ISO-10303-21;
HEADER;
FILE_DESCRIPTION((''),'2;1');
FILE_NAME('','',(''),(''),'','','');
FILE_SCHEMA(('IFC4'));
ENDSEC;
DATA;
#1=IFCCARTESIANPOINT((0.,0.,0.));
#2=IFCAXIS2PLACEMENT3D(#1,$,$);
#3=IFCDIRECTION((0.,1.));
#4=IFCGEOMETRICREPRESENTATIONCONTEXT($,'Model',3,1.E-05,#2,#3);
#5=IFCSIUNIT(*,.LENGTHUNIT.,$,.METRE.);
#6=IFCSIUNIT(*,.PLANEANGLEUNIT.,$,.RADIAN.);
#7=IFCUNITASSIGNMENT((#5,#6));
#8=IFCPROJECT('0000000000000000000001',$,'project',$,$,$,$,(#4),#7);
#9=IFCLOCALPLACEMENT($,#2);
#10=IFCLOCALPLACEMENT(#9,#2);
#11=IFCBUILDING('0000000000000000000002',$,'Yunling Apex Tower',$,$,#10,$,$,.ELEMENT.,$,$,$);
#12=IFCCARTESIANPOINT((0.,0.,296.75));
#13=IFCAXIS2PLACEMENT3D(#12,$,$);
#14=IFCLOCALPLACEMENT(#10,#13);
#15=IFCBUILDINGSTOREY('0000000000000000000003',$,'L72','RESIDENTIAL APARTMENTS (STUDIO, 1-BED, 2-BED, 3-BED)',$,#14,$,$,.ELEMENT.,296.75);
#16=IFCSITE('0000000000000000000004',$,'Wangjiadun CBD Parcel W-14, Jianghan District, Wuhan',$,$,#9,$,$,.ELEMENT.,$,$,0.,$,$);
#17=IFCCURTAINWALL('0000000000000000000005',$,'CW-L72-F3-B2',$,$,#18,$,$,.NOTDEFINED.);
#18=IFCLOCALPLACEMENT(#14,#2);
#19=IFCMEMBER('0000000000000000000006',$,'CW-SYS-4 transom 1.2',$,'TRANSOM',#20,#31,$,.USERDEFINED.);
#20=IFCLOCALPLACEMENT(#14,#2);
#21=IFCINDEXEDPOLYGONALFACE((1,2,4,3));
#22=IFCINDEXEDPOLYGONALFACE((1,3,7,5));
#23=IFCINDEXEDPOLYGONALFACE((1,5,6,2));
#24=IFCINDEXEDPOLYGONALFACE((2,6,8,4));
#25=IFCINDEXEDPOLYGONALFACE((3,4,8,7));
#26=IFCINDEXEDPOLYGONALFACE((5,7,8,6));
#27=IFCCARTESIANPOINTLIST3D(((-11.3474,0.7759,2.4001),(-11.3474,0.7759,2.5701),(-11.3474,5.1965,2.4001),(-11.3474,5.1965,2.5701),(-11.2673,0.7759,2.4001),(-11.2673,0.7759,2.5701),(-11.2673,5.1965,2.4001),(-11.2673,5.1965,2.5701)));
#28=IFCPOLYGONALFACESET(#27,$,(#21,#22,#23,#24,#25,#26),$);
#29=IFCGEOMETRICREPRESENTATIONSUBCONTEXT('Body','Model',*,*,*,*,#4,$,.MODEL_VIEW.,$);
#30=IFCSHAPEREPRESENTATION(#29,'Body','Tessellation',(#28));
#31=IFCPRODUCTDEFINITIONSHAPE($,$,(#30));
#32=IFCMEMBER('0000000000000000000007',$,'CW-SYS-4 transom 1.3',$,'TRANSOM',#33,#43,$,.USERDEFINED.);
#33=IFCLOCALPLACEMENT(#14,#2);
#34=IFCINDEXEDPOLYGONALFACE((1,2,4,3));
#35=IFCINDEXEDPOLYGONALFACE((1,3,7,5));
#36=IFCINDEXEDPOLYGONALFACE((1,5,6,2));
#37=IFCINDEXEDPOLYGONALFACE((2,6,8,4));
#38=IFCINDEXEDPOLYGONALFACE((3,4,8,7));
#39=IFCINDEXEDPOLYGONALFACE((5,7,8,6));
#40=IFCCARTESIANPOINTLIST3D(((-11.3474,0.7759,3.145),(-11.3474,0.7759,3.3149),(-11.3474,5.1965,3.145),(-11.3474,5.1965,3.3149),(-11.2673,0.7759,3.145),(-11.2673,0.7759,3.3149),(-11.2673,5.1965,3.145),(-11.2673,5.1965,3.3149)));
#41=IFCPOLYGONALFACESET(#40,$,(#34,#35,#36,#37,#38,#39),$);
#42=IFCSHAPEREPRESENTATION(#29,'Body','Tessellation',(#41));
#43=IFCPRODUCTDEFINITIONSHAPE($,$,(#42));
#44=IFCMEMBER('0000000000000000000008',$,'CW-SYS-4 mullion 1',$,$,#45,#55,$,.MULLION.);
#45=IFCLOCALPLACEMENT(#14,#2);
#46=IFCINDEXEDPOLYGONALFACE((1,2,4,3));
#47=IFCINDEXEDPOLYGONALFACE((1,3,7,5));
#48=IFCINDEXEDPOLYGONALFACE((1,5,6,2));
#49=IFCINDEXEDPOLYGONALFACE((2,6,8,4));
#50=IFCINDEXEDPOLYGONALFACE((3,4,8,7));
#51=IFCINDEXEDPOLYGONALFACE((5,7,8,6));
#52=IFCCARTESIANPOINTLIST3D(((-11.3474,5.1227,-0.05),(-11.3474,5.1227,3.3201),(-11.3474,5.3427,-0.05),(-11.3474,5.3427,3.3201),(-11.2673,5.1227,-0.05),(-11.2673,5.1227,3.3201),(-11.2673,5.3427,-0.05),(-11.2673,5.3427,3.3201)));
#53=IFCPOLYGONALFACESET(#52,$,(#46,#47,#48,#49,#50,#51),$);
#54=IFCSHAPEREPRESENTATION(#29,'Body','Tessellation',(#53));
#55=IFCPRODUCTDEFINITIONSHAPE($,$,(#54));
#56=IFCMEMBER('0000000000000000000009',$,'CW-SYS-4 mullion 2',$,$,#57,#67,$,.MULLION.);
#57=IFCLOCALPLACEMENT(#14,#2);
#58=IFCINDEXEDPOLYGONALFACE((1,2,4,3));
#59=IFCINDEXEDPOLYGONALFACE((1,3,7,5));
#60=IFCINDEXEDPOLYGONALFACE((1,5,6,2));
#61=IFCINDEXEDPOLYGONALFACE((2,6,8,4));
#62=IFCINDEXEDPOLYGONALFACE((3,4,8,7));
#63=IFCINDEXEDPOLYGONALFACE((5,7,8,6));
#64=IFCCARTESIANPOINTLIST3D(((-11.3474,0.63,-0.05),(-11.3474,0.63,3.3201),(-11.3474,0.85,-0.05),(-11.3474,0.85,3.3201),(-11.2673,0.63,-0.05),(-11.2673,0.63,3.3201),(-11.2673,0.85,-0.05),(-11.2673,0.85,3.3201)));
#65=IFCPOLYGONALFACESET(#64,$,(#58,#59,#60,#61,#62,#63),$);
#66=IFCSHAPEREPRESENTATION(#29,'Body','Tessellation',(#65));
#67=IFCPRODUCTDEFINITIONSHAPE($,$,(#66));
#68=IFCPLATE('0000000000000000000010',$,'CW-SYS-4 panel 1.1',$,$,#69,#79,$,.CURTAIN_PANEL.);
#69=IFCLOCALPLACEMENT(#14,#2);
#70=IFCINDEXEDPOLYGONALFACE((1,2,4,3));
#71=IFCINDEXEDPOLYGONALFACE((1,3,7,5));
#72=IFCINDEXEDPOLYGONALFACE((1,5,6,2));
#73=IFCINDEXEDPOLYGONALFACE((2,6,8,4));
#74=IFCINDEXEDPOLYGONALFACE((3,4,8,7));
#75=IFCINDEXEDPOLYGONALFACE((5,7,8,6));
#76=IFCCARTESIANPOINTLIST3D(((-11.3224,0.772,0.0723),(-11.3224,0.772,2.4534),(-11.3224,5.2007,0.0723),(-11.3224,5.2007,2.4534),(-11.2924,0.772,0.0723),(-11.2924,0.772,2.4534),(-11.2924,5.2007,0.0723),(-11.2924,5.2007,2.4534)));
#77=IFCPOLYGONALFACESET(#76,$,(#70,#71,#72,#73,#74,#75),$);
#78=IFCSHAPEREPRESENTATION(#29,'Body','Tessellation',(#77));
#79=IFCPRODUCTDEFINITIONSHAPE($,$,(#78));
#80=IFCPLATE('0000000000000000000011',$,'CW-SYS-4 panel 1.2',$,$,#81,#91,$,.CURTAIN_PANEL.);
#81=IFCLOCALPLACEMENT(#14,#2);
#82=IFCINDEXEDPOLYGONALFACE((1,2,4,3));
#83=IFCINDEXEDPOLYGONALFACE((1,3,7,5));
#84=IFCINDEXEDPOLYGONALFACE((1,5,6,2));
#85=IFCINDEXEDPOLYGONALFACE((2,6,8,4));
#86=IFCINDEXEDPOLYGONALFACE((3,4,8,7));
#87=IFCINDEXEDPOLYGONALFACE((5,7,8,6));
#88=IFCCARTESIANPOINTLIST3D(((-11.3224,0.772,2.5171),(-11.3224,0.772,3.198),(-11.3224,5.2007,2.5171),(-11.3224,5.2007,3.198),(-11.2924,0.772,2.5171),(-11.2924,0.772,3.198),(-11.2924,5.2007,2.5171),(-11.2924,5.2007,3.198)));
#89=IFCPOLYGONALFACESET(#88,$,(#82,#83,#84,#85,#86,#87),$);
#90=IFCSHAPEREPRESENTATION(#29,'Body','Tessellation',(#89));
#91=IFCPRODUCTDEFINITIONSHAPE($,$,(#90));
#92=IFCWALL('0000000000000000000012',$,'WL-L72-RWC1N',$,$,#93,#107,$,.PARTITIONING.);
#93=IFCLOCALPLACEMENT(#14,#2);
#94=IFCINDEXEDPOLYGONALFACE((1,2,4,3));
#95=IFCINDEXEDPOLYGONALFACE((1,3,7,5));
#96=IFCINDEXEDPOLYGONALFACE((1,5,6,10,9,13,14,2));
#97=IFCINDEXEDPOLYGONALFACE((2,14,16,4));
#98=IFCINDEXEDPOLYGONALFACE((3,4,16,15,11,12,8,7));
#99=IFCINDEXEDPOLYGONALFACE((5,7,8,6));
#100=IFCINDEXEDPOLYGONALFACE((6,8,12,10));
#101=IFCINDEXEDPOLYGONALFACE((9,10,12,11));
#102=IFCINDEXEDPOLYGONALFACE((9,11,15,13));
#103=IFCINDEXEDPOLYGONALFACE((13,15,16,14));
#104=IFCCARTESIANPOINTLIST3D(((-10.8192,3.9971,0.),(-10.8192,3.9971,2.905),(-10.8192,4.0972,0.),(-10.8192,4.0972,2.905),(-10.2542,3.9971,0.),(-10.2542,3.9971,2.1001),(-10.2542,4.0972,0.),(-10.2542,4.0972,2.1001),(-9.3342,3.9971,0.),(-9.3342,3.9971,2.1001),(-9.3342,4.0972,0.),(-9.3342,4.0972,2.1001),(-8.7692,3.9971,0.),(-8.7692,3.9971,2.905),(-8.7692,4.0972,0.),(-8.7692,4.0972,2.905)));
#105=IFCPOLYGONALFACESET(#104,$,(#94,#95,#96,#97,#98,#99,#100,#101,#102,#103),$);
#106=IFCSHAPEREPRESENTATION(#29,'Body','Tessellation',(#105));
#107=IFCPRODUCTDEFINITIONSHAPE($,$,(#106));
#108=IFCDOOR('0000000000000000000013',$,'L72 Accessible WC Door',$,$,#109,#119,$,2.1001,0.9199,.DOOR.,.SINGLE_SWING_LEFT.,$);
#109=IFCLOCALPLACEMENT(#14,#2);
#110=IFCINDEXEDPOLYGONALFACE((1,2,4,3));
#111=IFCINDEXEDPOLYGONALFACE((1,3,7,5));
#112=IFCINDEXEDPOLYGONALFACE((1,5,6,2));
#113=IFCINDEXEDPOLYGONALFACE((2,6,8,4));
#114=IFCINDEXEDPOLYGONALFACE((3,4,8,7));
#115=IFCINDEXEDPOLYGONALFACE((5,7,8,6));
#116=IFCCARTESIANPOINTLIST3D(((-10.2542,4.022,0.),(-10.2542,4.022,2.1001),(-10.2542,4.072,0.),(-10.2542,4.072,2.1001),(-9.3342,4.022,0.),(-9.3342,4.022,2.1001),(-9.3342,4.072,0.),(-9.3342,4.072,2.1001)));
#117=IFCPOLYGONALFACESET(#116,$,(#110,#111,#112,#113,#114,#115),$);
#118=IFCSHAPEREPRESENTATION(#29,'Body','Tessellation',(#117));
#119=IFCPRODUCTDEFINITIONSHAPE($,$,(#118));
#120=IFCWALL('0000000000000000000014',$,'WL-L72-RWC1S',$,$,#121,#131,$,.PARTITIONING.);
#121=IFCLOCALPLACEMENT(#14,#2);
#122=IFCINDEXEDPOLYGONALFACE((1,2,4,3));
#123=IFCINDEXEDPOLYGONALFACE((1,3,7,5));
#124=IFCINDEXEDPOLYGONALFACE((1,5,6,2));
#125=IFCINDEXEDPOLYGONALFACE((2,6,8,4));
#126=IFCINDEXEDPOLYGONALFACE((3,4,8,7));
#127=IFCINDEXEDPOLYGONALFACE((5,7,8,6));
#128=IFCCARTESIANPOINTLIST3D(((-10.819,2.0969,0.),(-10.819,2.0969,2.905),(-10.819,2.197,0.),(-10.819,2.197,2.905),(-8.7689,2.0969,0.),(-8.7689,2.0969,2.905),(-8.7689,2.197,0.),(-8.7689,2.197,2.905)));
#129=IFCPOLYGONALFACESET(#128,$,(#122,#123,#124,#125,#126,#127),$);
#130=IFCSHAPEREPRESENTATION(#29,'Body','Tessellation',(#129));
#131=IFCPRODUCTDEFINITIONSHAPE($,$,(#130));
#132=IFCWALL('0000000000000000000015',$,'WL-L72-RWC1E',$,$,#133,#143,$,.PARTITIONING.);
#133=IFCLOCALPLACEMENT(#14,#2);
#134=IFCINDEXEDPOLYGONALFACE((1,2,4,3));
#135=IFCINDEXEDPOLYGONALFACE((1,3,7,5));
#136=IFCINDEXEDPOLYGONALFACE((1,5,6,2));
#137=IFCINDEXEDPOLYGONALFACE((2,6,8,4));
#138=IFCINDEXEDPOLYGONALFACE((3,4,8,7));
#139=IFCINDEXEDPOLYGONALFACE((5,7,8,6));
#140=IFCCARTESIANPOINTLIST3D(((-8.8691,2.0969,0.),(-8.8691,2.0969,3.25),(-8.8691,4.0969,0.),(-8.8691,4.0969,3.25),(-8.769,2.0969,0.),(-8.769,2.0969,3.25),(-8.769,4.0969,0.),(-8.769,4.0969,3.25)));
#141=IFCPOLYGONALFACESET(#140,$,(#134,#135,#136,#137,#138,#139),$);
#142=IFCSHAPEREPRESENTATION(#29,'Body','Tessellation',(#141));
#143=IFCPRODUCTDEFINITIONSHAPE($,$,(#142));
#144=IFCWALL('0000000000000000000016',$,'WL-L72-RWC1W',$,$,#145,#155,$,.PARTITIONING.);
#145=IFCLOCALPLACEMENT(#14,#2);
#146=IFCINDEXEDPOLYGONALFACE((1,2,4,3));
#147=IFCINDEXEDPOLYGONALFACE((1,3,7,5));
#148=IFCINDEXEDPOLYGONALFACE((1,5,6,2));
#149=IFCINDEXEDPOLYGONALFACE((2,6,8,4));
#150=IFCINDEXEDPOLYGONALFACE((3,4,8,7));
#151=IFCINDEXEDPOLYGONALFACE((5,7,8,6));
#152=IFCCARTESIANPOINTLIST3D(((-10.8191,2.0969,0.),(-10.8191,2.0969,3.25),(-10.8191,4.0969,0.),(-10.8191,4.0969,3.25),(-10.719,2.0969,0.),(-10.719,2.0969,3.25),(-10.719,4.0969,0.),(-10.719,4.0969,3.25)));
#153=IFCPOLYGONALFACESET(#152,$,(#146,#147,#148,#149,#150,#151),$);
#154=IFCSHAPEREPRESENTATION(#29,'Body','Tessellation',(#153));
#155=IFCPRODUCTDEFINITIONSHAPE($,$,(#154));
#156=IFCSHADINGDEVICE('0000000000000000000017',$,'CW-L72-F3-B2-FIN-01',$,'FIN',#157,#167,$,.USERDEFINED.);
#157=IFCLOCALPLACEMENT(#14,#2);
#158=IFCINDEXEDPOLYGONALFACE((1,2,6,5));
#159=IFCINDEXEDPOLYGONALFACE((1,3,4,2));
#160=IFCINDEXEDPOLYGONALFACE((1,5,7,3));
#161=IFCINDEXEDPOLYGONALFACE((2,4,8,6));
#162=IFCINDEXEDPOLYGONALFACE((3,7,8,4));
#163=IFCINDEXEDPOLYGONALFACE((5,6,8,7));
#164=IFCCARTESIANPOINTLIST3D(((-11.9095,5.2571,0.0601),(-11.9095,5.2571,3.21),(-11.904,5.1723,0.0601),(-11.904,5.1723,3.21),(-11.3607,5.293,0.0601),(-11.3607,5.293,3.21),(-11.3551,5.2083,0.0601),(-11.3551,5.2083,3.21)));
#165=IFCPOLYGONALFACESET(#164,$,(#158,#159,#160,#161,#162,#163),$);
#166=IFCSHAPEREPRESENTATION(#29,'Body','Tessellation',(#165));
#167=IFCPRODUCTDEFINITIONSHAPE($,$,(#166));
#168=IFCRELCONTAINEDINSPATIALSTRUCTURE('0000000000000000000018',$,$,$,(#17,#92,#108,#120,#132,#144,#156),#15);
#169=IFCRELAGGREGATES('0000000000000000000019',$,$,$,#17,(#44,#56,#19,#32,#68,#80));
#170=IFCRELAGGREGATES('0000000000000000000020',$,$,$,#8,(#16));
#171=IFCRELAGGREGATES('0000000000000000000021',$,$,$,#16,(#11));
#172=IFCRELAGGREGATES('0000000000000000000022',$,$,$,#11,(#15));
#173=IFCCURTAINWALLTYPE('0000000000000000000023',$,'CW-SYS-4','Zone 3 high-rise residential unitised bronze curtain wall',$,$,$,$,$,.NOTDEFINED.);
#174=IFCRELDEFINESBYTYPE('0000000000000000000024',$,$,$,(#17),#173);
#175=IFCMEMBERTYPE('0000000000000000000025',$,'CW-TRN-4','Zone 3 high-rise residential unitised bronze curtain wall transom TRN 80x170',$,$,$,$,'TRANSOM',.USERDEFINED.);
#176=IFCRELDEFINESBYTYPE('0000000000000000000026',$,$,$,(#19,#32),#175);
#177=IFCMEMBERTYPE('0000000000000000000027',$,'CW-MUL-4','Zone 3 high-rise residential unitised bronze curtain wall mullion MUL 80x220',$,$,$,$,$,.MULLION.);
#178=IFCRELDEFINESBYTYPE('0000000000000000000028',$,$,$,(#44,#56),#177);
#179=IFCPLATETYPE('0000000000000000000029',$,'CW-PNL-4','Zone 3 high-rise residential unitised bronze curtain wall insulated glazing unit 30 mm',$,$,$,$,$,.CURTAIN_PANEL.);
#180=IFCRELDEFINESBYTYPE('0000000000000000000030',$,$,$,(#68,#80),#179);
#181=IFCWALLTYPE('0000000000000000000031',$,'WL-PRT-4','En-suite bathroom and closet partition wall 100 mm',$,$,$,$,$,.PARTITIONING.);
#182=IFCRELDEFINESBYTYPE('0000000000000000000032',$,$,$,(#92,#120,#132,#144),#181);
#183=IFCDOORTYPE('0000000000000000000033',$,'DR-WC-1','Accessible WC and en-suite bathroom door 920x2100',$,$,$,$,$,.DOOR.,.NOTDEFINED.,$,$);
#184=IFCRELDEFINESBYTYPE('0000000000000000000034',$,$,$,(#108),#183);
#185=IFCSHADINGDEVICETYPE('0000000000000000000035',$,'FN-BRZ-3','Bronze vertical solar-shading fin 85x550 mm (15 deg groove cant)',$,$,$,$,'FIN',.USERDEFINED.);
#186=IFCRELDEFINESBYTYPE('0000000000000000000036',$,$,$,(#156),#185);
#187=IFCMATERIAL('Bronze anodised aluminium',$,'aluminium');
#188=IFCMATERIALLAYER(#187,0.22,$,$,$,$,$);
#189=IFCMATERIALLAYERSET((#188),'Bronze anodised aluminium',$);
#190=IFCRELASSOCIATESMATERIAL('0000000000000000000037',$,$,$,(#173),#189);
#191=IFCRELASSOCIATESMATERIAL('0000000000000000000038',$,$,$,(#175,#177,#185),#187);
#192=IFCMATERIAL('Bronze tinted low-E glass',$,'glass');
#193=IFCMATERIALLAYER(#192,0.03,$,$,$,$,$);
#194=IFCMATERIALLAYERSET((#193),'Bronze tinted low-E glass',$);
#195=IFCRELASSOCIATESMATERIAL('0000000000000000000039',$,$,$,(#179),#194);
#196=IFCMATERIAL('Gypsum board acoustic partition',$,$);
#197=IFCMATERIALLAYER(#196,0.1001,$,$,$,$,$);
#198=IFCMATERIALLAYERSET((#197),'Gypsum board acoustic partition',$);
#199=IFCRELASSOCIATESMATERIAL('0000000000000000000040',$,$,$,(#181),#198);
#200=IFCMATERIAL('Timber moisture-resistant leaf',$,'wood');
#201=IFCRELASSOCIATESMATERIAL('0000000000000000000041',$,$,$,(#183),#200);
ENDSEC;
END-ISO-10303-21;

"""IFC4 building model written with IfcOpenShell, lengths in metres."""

from ifc_helpers import new_model, si_unit, direction, frame, frame_2d, origin, origin_2d, place, context, subcontext, project, spatial, rectangle, extrude, source, transform, mapped, material, layer, layer_set, material_profile, profile_set, type_object, element, fill, aggregate, save


model = new_model("IFC4")

# Units and contexts
model_context = context("Model", 3, precision=1e-05, world=origin(), true_north=direction((0.0, 1.0)))
body_context = subcontext(model_context, "Body", "Model", "MODEL_VIEW")
ifc_project = project(units=[si_unit("LENGTHUNIT", "METRE"), si_unit("PLANEANGLEUNIT", "RADIAN")], contexts=[model_context])

# Site, building, storey
site_placement = place(None, origin())
site = spatial("IfcSite", under=ifc_project, at=site_placement, Name="Wangjiadun CBD Parcel W-14, Jianghan District, Wuhan", CompositionType="ELEMENT", RefElevation=0.0)
building_placement = place(site_placement, origin())
building = spatial("IfcBuilding", under=site, at=building_placement, Name="Yunling Apex Tower", CompositionType="ELEMENT")
storey_placement = place(building_placement, frame((0.0, 0.0, 296.75)))
storey = spatial("IfcBuildingStorey", under=building, at=storey_placement, Name="L72", Description="RESIDENTIAL APARTMENTS (STUDIO, 1-BED, 2-BED, 3-BED)", CompositionType="ELEMENT", Elevation=296.75)

# Curtain wall, members, plates
ifc_material_1 = material(Name="Bronze anodised aluminium", Category="aluminium")
ifc_layer_1 = layer(ifc_material_1, 0.22)
ifc_layer_set_1 = layer_set([ifc_layer_1], Name="Bronze anodised aluminium")
curtain_wall_type = type_object("IfcCurtainWallType", Name="CW-SYS-4", Description="Zone 3 high-rise residential unitised bronze curtain wall", PredefinedType="NOTDEFINED", material=ifc_layer_set_1)
curtain_wall_placement = place(storey_placement, origin())
curtain_wall = element("IfcCurtainWall", 1, at=curtain_wall_placement, inside=storey, type_object=curtain_wall_type, Name="CW-L72-F3-B2", PredefinedType="NOTDEFINED")
ifc_material_profile_1 = material_profile(ifc_material_1, rectangle(XDim=0.0801, YDim=0.1699, at=origin_2d()))
ifc_profile_set_1 = profile_set([ifc_material_profile_1], Name="Bronze anodised aluminium")
member_type_1 = type_object("IfcMemberType", Name="CW-TRN-4", Description="Zone 3 high-rise residential unitised bronze curtain wall transom TRN 80x170", ElementType="TRANSOM", PredefinedType="USERDEFINED", material=ifc_profile_set_1)
shared_shape_1 = source(origin(), body_context, "Body", "SweptSolid", [
    extrude(rectangle(XDim=0.0801, YDim=0.1699, at=origin_2d()), origin(), (0.0, 0.0, 1.0), 4.4207),
])
member_1_placement = place(storey_placement, frame((-11.3074, 5.1965, 2.4851), z_axis=(0.0, -1.0, 0.0), x_axis=(1.0, 0.0, 0.0)))
member_1 = element("IfcMember", 2, at=member_1_placement, type_object=member_type_1, Name="CW-SYS-4 transom 1.2", ObjectType="TRANSOM", PredefinedType="USERDEFINED", context=body_context, shape_type="MappedRepresentation", body=[
    mapped(shared_shape_1, transform((0.0, 0.0, 0.0), scale=1.0)),
])
member_2_placement = place(storey_placement, frame((-11.3074, 5.1965, 3.23), z_axis=(0.0, -1.0, 0.0), x_axis=(1.0, 0.0, 0.0)))
member_2 = element("IfcMember", 3, at=member_2_placement, type_object=member_type_1, Name="CW-SYS-4 transom 1.3", ObjectType="TRANSOM", PredefinedType="USERDEFINED", context=body_context, shape_type="MappedRepresentation", body=[
    mapped(shared_shape_1, transform((0.0, 0.0, 0.0), scale=1.0)),
])
ifc_material_profile_2 = material_profile(ifc_material_1, rectangle(XDim=0.0801, YDim=0.22, at=origin_2d()))
ifc_profile_set_2 = profile_set([ifc_material_profile_2], Name="Bronze anodised aluminium")
member_type_2 = type_object("IfcMemberType", Name="CW-MUL-4", Description="Zone 3 high-rise residential unitised bronze curtain wall mullion MUL 80x220", PredefinedType="MULLION", material=ifc_profile_set_2)
shared_shape_2 = source(origin(), body_context, "Body", "SweptSolid", [
    extrude(rectangle(XDim=0.0801, YDim=0.22, at=origin_2d()), origin(), (0.0, 0.0, 1.0), 3.3701),
])
member_3_placement = place(storey_placement, frame((-11.3074, 5.2327, -0.05), z_axis=(0.0, 0.0, 1.0), x_axis=(1.0, 0.0, 0.0)))
member_3 = element("IfcMember", 4, at=member_3_placement, type_object=member_type_2, Name="CW-SYS-4 mullion 1", PredefinedType="MULLION", context=body_context, shape_type="MappedRepresentation", body=[
    mapped(shared_shape_2, transform((0.0, 0.0, 0.0), scale=1.0)),
])
member_4_placement = place(storey_placement, frame((-11.3074, 0.74, -0.05), z_axis=(0.0, 0.0, 1.0), x_axis=(1.0, 0.0, 0.0)))
member_4 = element("IfcMember", 5, at=member_4_placement, type_object=member_type_2, Name="CW-SYS-4 mullion 2", PredefinedType="MULLION", context=body_context, shape_type="MappedRepresentation", body=[
    mapped(shared_shape_2, transform((0.0, 0.0, 0.0), scale=1.0)),
])
ifc_material_2 = material(Name="Bronze tinted low-E glass", Category="glass")
ifc_layer_2 = layer(ifc_material_2, 0.03)
ifc_layer_set_2 = layer_set([ifc_layer_2], Name="Bronze tinted low-E glass")
plate_type = type_object("IfcPlateType", Name="CW-PNL-4", Description="Zone 3 high-rise residential unitised bronze curtain wall insulated glazing unit 30 mm", PredefinedType="CURTAIN_PANEL", material=ifc_layer_set_2)
shared_shape_3 = source(origin(), body_context, "Body", "SweptSolid", [
    extrude(rectangle(XDim=4.4287, YDim=0.03, at=origin_2d()), origin(), (0.0, 0.0, 1.0), 2.3811),
])
plate_1_placement = place(storey_placement, frame((-11.3074, 2.9863, 0.0723), z_axis=(0.0, 0.0, 1.0), x_axis=(0.0, -1.0, 0.0)))
plate_1 = element("IfcPlate", 6, at=plate_1_placement, type_object=plate_type, Name="CW-SYS-4 panel 1.1", PredefinedType="CURTAIN_PANEL", context=body_context, shape_type="MappedRepresentation", body=[
    mapped(shared_shape_3, transform((0.0, 0.0, 0.0), scale=1.0)),
])
shared_shape_4 = source(origin(), body_context, "Body", "SweptSolid", [
    extrude(rectangle(XDim=4.4287, YDim=0.03, at=origin_2d()), origin(), (0.0, 0.0, 1.0), 0.6809),
])
plate_2_placement = place(storey_placement, frame((-11.3074, 2.9863, 2.5171), z_axis=(0.0, 0.0, 1.0), x_axis=(0.0, -1.0, 0.0)))
plate_2 = element("IfcPlate", 7, at=plate_2_placement, type_object=plate_type, Name="CW-SYS-4 panel 1.2", PredefinedType="CURTAIN_PANEL", context=body_context, shape_type="MappedRepresentation", body=[
    mapped(shared_shape_4, transform((0.0, 0.0, 0.0), scale=1.0)),
])
aggregate(curtain_wall, [member_3, member_4, member_1, member_2, plate_1, plate_2])

# Wall, opening, door
ifc_material_3 = material(Name="Gypsum board acoustic partition")
ifc_layer_3 = layer(ifc_material_3, 0.1001)
ifc_layer_set_3 = layer_set([ifc_layer_3], Name="Gypsum board acoustic partition")
wall_type = type_object("IfcWallType", Name="WL-PRT-4", Description="En-suite bathroom and closet partition wall 100 mm", PredefinedType="PARTITIONING", material=ifc_layer_set_3)
wall_1_placement = place(storey_placement, frame((-10.8191, 4.0471, 0.0), z_axis=(0.0, 0.0, 1.0), x_axis=(1.0, 0.0, 0.0)))
wall_1 = element("IfcWall", 8, at=wall_1_placement, inside=storey, type_object=wall_type, Name="WL-L72-RWC1N", PredefinedType="PARTITIONING", context=body_context, shape_type="SweptSolid", body=[
    extrude(rectangle(XDim=2.05, YDim=0.1001, at=frame_2d((1.0249, 0.0))), origin(), (0.0, 0.0, 1.0), 2.905),
])
opening_placement = place(wall_1_placement, frame((0.5649, 0.0, 0.0)))
opening = element("IfcOpeningElement", 9, at=opening_placement, cuts=wall_1, PredefinedType="OPENING", context=body_context, shape_type="SweptSolid", body=[
    extrude(rectangle(XDim=0.9199, YDim=2.1001, at=frame_2d((0.46, 1.05))), frame((0.0, 0.0601, 0.0), z_axis=(0.0, -1.0, 0.0), x_axis=(1.0, 0.0, 0.0)), (0.0, 0.0, 1.0), 0.1201),
])
ifc_material_4 = material(Name="Timber moisture-resistant leaf", Category="wood")
door_type = type_object("IfcDoorType", Name="DR-WC-1", Description="Accessible WC and en-suite bathroom door 920x2100", OperationType="NOTDEFINED", PredefinedType="DOOR", material=ifc_material_4)
door_placement = place(opening_placement, origin())
door = element("IfcDoor", 10, at=door_placement, inside=storey, type_object=door_type, Name="L72 Accessible WC Door", OperationType="SINGLE_SWING_LEFT", OverallHeight=2.1001, OverallWidth=0.9199, PredefinedType="DOOR", context=body_context, shape_type="SweptSolid", body=[
    extrude(rectangle(XDim=0.9199, YDim=2.1001, at=frame_2d((0.46, 1.05))), frame((0.0, 0.0249, 0.0), z_axis=(0.0, -1.0, 0.0), x_axis=(1.0, 0.0, 0.0)), (0.0, 0.0, 1.0), 0.05),
])
fill(opening, door)

# Walls
wall_2_placement = place(storey_placement, frame((-8.769, 2.147, 0.0), z_axis=(0.0, 0.0, 1.0), x_axis=(-1.0, 0.0, 0.0)))
element("IfcWall", 11, at=wall_2_placement, inside=storey, type_object=wall_type, Name="WL-L72-RWC1S", PredefinedType="PARTITIONING", context=body_context, shape_type="SweptSolid", body=[
    extrude(rectangle(XDim=2.05, YDim=0.1001, at=frame_2d((1.0249, 0.0))), origin(), (0.0, 0.0, 1.0), 2.905),
])
for number, where, z_axis, x_axis, name in (
    (12, (-8.8191, 4.0969, 0.0), (0.0, 0.0, 1.0), (0.0, -1.0, 0.0), "WL-L72-RWC1E"),
    (13, (-10.769, 2.0969, 0.0), (0.0, 0.0, 1.0), (0.0, 1.0, 0.0), "WL-L72-RWC1W"),
):
    element("IfcWall", number, at=place(storey_placement, frame(where, z_axis=z_axis, x_axis=x_axis)), inside=storey, type_object=wall_type, Name=name, PredefinedType="PARTITIONING", context=body_context, shape_type="SweptSolid", body=[
        extrude(rectangle(XDim=2.0, YDim=0.1001, at=frame_2d((1.0, 0.0))), origin(), (0.0, 0.0, 1.0), 3.25),
    ])

# Shading device
ifc_material_profile_3 = material_profile(ifc_material_1, rectangle(XDim=0.085, YDim=0.55, at=origin_2d()))
ifc_profile_set_3 = profile_set([ifc_material_profile_3], Name="Bronze anodised aluminium")
shading_device_type = type_object("IfcShadingDeviceType", Name="FN-BRZ-3", Description="Bronze vertical solar-shading fin 85x550 mm (15 deg groove cant)", ElementType="FIN", PredefinedType="USERDEFINED", material=ifc_profile_set_3)
shared_shape_5 = source(origin(), body_context, "Body", "SweptSolid", [
    extrude(rectangle(XDim=0.085, YDim=0.55, at=origin_2d()), origin(), (0.0, 0.0, 1.0), 3.1499),
])
shading_device_placement = place(storey_placement, frame((-11.6323, 5.2327, 0.0601), z_axis=(0.0, 0.0, 1.0), x_axis=(0.065403, -0.997859, 0.0)))
element("IfcShadingDevice", 14, at=shading_device_placement, inside=storey, type_object=shading_device_type, Name="CW-L72-F3-B2-FIN-01", ObjectType="FIN", PredefinedType="USERDEFINED", context=body_context, shape_type="MappedRepresentation", body=[
    mapped(shared_shape_5, transform((0.0, 0.0, 0.0), scale=1.0)),
])

save(model, "model.ifc")
